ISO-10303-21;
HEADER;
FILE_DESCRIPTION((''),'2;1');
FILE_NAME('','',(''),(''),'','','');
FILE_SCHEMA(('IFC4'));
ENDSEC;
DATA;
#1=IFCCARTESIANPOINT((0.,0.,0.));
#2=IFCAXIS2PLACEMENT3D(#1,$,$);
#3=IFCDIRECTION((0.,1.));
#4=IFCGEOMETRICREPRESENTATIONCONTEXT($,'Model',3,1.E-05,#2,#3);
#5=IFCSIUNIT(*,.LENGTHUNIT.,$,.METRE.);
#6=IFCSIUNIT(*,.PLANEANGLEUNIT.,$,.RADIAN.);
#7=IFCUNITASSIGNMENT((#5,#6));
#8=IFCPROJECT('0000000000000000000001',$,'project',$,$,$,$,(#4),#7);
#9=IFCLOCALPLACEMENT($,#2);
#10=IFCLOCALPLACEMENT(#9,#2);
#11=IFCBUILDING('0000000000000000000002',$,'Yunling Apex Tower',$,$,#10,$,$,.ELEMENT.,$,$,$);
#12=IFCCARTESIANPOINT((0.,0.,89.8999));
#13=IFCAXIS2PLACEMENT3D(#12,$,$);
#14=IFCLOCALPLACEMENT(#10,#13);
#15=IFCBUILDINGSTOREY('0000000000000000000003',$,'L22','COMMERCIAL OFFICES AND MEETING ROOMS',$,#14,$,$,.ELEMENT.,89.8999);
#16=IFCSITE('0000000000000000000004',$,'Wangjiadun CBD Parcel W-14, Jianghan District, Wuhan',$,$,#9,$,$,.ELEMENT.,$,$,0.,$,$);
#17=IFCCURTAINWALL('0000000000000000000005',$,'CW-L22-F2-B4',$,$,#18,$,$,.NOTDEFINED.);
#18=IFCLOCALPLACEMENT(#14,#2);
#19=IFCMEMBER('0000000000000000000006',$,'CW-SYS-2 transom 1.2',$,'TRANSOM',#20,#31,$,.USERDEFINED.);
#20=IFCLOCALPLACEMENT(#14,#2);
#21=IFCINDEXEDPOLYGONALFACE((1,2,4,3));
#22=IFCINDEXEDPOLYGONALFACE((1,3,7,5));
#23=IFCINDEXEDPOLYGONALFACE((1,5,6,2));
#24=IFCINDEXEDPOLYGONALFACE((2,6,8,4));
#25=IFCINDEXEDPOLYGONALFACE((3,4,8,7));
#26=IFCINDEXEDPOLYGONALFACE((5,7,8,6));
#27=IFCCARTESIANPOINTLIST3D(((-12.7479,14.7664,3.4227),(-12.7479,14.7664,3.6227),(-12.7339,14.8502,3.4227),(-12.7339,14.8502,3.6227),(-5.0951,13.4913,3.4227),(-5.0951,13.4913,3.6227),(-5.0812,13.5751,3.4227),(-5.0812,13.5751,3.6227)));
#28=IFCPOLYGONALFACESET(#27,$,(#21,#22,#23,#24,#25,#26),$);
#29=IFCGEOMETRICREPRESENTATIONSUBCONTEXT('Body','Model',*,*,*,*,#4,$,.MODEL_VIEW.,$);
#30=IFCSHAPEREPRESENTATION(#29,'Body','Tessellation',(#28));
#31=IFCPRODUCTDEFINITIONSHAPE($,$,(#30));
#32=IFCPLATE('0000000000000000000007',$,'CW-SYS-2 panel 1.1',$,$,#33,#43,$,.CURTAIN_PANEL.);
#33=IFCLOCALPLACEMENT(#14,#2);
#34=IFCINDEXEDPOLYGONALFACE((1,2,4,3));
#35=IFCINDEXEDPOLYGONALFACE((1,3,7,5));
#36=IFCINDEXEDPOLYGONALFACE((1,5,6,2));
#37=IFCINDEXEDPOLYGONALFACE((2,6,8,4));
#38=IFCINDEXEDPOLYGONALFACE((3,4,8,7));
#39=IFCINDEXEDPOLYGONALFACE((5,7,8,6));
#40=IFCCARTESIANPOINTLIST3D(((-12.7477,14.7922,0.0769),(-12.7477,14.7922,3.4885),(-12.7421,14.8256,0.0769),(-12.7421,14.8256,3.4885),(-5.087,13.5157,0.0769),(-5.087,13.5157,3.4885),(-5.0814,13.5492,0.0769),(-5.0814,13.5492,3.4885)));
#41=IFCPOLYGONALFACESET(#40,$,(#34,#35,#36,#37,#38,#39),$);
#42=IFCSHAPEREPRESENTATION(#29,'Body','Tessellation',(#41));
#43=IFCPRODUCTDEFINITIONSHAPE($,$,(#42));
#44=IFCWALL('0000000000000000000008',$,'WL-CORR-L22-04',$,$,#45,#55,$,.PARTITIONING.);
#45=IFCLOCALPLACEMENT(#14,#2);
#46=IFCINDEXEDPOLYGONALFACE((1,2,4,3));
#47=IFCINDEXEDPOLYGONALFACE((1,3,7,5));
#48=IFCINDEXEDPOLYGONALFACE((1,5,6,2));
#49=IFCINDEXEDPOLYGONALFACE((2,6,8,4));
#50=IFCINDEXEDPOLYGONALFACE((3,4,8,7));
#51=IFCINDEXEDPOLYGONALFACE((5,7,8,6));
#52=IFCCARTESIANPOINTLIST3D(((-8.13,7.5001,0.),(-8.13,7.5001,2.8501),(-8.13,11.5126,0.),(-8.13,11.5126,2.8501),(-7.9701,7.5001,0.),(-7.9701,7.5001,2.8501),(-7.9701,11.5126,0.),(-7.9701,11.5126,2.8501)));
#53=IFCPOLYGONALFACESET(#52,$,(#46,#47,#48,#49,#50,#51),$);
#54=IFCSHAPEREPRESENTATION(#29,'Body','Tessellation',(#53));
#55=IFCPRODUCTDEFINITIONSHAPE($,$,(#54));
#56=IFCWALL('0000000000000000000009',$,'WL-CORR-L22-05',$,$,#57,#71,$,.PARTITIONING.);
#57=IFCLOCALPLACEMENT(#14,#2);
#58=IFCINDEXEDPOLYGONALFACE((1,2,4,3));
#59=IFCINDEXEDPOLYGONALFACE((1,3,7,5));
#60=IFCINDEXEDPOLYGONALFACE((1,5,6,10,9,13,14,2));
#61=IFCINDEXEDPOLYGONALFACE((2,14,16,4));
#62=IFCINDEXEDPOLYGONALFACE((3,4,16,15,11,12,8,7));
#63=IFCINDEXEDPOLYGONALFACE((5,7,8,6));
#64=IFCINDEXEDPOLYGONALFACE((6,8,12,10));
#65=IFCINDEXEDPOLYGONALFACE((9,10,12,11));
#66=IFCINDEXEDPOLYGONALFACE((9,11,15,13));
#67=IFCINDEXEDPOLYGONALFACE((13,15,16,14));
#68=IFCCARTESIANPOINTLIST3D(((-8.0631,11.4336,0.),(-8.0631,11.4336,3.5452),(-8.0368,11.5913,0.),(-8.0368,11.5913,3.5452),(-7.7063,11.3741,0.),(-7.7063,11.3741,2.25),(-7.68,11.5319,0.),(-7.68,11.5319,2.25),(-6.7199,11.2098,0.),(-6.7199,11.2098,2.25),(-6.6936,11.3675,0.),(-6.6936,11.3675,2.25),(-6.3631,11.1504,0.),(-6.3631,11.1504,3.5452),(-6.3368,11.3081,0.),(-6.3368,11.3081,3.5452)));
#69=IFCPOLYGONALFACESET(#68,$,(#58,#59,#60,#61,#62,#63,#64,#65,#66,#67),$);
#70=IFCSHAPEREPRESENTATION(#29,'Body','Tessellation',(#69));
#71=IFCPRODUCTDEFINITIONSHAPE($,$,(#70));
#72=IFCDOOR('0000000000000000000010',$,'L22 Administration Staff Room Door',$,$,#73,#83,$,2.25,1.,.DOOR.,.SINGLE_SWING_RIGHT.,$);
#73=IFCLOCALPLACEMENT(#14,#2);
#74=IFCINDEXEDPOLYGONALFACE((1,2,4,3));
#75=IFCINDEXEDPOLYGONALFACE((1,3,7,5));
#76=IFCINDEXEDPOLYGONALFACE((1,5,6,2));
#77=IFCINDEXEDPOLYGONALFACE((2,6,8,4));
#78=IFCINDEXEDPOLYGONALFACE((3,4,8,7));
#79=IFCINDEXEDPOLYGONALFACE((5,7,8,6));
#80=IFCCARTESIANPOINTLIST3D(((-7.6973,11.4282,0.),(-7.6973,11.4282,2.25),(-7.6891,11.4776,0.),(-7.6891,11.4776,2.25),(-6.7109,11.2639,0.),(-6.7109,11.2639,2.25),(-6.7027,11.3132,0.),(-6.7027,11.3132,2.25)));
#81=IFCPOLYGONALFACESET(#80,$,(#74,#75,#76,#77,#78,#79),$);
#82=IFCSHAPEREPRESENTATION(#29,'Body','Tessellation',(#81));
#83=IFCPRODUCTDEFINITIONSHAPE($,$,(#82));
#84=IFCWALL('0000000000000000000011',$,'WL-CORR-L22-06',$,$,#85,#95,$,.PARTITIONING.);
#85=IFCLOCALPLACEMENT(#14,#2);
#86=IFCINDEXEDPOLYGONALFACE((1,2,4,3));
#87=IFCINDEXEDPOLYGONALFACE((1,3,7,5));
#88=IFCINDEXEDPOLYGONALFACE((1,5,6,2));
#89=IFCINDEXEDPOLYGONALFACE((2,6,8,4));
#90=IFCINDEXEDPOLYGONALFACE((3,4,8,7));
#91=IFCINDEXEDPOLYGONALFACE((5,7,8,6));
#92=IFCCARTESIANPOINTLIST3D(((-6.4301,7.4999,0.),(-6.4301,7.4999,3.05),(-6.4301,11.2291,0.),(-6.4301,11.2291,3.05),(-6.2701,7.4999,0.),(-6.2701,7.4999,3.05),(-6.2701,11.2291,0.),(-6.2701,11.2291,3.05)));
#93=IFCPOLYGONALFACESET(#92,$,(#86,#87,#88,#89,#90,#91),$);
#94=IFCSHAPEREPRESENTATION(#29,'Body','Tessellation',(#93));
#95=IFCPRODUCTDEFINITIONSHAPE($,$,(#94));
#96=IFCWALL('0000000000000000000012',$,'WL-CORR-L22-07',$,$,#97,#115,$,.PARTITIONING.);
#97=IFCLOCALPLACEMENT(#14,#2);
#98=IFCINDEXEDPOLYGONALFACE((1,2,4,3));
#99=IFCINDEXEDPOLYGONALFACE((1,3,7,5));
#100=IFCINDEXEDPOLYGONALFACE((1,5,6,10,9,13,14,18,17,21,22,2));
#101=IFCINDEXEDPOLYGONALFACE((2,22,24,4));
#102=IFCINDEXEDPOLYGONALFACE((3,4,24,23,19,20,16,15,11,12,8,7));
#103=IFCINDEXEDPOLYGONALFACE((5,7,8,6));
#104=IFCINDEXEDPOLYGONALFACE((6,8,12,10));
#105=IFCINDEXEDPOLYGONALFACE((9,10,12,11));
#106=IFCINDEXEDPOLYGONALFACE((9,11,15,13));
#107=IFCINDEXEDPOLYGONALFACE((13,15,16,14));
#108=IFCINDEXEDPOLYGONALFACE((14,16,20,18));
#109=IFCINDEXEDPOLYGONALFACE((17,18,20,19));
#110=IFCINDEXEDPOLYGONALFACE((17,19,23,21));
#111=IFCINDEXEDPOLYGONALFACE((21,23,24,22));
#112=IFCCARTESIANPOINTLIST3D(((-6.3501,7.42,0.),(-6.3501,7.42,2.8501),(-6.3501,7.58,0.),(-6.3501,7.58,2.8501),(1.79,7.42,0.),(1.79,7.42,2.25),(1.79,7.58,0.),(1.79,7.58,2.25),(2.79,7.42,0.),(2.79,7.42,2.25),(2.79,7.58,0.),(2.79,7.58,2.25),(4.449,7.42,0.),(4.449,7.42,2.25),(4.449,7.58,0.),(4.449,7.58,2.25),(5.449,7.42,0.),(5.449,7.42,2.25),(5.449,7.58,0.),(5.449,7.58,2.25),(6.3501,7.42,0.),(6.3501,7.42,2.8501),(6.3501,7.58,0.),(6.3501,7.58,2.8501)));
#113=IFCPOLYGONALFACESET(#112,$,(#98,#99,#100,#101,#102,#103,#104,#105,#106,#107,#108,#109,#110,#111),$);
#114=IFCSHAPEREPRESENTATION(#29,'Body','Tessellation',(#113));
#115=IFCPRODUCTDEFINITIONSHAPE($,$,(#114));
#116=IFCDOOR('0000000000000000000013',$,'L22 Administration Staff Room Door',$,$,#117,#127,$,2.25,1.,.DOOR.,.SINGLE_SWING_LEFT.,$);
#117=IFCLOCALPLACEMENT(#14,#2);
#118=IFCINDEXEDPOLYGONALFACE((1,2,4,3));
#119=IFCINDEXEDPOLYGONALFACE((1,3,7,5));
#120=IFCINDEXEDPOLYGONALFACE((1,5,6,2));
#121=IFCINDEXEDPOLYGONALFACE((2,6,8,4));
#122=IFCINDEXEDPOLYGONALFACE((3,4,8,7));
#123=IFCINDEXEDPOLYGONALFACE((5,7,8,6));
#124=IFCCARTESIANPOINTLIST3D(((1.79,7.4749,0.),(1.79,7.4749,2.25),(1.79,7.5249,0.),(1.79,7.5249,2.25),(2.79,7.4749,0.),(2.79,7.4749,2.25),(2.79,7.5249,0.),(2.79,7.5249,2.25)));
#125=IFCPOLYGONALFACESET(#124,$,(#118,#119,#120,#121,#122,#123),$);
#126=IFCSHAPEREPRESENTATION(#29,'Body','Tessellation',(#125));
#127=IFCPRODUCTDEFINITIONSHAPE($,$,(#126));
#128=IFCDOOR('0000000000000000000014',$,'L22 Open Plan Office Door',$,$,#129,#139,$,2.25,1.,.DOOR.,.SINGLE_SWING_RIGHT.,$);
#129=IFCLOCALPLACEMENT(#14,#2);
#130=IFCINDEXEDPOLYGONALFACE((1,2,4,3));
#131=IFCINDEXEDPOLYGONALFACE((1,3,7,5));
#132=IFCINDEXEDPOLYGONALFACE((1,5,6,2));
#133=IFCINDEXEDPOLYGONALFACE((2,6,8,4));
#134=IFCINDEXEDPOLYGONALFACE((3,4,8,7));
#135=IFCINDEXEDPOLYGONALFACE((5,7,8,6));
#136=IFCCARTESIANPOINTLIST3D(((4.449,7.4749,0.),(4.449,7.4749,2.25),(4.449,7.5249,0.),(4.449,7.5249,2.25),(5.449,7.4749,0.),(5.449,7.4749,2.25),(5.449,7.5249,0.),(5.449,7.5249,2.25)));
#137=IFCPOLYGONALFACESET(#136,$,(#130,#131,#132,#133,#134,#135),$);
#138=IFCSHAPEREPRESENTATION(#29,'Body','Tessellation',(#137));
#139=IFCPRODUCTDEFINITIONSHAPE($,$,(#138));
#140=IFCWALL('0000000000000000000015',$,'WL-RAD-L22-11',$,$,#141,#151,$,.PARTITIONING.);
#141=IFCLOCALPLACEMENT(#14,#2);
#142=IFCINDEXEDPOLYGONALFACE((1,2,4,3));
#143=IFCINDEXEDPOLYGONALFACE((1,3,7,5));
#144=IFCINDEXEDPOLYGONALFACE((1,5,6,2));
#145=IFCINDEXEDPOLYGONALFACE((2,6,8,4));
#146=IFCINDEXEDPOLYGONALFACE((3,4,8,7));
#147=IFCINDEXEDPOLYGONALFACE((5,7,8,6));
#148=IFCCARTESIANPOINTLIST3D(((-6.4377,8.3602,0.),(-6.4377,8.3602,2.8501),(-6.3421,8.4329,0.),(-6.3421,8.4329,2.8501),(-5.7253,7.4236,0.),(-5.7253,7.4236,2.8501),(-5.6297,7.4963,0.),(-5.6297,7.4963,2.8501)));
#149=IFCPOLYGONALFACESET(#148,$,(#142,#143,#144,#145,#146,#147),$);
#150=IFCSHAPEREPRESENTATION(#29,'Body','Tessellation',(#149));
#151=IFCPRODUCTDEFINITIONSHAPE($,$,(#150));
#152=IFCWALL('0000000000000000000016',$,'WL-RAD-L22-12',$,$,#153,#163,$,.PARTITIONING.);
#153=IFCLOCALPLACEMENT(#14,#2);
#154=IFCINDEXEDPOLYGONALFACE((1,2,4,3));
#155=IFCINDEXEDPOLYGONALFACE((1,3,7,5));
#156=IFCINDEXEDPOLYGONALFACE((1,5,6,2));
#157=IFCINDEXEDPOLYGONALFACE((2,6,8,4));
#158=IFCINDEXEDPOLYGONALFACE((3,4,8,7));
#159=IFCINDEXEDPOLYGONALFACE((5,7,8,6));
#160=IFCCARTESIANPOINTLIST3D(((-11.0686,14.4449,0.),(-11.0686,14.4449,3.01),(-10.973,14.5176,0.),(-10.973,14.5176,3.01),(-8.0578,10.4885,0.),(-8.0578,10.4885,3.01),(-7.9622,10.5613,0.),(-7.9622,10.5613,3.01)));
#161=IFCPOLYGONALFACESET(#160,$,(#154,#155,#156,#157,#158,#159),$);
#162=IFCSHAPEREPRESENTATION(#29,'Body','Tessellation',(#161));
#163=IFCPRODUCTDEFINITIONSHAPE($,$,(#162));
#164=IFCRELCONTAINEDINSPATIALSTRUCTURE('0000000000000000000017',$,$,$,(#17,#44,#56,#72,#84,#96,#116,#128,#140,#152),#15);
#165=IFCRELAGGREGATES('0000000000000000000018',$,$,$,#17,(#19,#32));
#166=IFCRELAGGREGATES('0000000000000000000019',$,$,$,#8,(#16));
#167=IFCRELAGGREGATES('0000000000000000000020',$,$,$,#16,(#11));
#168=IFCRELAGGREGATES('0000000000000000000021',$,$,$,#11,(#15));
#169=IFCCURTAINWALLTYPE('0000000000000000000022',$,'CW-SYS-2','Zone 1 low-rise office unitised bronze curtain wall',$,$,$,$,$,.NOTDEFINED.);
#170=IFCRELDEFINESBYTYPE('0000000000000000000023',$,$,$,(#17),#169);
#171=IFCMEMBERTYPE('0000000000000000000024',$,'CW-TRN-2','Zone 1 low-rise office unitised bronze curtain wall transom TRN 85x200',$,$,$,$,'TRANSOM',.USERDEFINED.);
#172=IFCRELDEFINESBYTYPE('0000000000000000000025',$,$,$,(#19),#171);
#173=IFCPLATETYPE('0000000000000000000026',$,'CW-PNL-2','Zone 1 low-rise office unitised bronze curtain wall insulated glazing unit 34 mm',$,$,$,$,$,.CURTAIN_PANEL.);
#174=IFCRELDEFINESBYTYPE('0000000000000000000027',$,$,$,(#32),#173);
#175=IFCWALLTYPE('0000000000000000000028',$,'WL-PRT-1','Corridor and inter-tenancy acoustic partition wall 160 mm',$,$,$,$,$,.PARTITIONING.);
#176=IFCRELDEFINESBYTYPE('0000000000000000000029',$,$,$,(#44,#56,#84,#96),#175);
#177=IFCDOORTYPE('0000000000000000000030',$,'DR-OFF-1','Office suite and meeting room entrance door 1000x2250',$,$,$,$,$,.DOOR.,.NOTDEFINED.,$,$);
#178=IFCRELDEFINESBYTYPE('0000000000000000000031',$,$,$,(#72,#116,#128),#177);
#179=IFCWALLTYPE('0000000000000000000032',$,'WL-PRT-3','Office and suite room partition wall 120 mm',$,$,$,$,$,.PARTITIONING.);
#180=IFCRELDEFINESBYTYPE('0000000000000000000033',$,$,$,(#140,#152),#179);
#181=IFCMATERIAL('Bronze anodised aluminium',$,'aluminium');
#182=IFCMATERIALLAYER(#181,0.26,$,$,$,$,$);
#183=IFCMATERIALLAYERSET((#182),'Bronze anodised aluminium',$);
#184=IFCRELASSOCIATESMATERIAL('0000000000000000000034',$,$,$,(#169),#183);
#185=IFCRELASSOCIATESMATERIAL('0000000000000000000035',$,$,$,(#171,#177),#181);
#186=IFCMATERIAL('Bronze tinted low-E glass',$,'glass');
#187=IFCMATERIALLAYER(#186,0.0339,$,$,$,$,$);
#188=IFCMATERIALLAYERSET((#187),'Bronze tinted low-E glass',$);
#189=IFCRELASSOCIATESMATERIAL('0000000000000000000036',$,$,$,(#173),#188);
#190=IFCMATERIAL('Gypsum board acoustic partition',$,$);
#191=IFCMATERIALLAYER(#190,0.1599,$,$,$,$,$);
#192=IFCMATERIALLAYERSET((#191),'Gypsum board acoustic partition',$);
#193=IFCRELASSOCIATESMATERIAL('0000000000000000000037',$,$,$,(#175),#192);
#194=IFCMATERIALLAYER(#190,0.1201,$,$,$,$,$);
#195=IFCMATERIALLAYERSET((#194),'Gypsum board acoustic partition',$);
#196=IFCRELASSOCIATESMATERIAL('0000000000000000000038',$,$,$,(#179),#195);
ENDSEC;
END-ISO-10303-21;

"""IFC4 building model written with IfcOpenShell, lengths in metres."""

from ifc_helpers import new_model, si_unit, direction, frame, frame_2d, origin, origin_2d, place, context, subcontext, project, spatial, rectangle, extrude, source, transform, mapped, material, layer, layer_set, material_profile, profile_set, type_object, element, fill, aggregate, save


model = new_model("IFC4")

# Units and contexts
model_context = context("Model", 3, precision=1e-05, world=origin(), true_north=direction((0.0, 1.0)))
body_context = subcontext(model_context, "Body", "Model", "MODEL_VIEW")
ifc_project = project(units=[si_unit("LENGTHUNIT", "METRE"), si_unit("PLANEANGLEUNIT", "RADIAN")], contexts=[model_context])

# Site, building, storey
site_placement = place(None, origin())
site = spatial("IfcSite", under=ifc_project, at=site_placement, Name="Wangjiadun CBD Parcel W-14, Jianghan District, Wuhan", CompositionType="ELEMENT", RefElevation=0.0)
building_placement = place(site_placement, origin())
building = spatial("IfcBuilding", under=site, at=building_placement, Name="Yunling Apex Tower", CompositionType="ELEMENT")
storey_placement = place(building_placement, frame((0.0, 0.0, 89.8999)))
storey = spatial("IfcBuildingStorey", under=building, at=storey_placement, Name="L22", Description="COMMERCIAL OFFICES AND MEETING ROOMS", CompositionType="ELEMENT", Elevation=89.8999)

# Shared definitions
ifc_material_1 = material(Name="Bronze anodised aluminium", Category="aluminium")
ifc_layer_1 = layer(ifc_material_1, 0.26)
ifc_layer_set_1 = layer_set([ifc_layer_1], Name="Bronze anodised aluminium")
curtain_wall_type = type_object("IfcCurtainWallType", Name="CW-SYS-2", Description="Zone 1 low-rise office unitised bronze curtain wall", PredefinedType="NOTDEFINED", material=ifc_layer_set_1)

# Curtain wall, member, plate
curtain_wall_1_placement = place(storey_placement, origin())
curtain_wall_1 = element("IfcCurtainWall", 1, at=curtain_wall_1_placement, inside=storey, type_object=curtain_wall_type, Name="CW-L22-F2-B4", PredefinedType="NOTDEFINED")
ifc_material_profile_1 = material_profile(ifc_material_1, rectangle(XDim=0.085, YDim=0.2, at=origin_2d()))
ifc_profile_set_1 = profile_set([ifc_material_profile_1], Name="Bronze anodised aluminium")
member_type_1 = type_object("IfcMemberType", Name="CW-TRN-2", Description="Zone 1 low-rise office unitised bronze curtain wall transom TRN 85x200", ElementType="TRANSOM", PredefinedType="USERDEFINED", material=ifc_profile_set_1)
shared_shape_1 = source(origin(), body_context, "Body", "SweptSolid", [
    extrude(rectangle(XDim=0.085, YDim=0.2, at=origin_2d()), origin(), (0.0, 0.0, 1.0), 7.7583),
])
member_1_placement = place(storey_placement, frame((-5.0881, 13.5332, 3.5227), z_axis=(-0.986401, 0.164358, 0.0), x_axis=(-0.164358, -0.986401, 0.0)))
member_1 = element("IfcMember", 2, at=member_1_placement, type_object=member_type_1, Name="CW-SYS-2 transom 1.2", ObjectType="TRANSOM", PredefinedType="USERDEFINED", context=body_context, shape_type="MappedRepresentation", body=[
    mapped(shared_shape_1, transform((0.0, 0.0, 0.0), scale=1.0)),
])
ifc_material_2 = material(Name="Bronze tinted low-E glass", Category="glass")
ifc_layer_2 = layer(ifc_material_2, 0.0339)
ifc_layer_set_2 = layer_set([ifc_layer_2], Name="Bronze tinted low-E glass")
plate_type = type_object("IfcPlateType", Name="CW-PNL-2", Description="Zone 1 low-rise office unitised bronze curtain wall insulated glazing unit 34 mm", PredefinedType="CURTAIN_PANEL", material=ifc_layer_set_2)
shared_shape_2 = source(origin(), body_context, "Body", "SweptSolid", [
    extrude(rectangle(XDim=7.7664, YDim=0.0339, at=origin_2d()), origin(), (0.0, 0.0, 1.0), 3.4116),
])
plate_placement = place(storey_placement, frame((-8.9146, 14.1707, 0.0769), z_axis=(0.0, 0.0, 1.0), x_axis=(-0.9864, 0.16436, 0.0)))
plate = element("IfcPlate", 3, at=plate_placement, type_object=plate_type, Name="CW-SYS-2 panel 1.1", PredefinedType="CURTAIN_PANEL", context=body_context, shape_type="MappedRepresentation", body=[
    mapped(shared_shape_2, transform((0.0, 0.0, 0.0), scale=1.0)),
])
aggregate(curtain_wall_1, [member_1, plate])

# Wall
ifc_material_3 = material(Name="Gypsum board acoustic partition")
ifc_layer_3 = layer(ifc_material_3, 0.1599)
ifc_layer_set_3 = layer_set([ifc_layer_3], Name="Gypsum board acoustic partition")
wall_type_1 = type_object("IfcWallType", Name="WL-PRT-1", Description="Corridor and inter-tenancy acoustic partition wall 160 mm", PredefinedType="PARTITIONING", material=ifc_layer_set_3)
wall_1_placement = place(storey_placement, frame((-8.05, 7.5, 0.0), z_axis=(0.0, 0.0, 1.0), x_axis=(0.0, 1.0, 0.0)))
element("IfcWall", 4, at=wall_1_placement, inside=storey, type_object=wall_type_1, Name="WL-CORR-L22-04", PredefinedType="PARTITIONING", context=body_context, shape_type="SweptSolid", body=[
    extrude(rectangle(XDim=4.0125, YDim=0.1599, at=frame_2d((2.0063, 0.0))), origin(), (0.0, 0.0, 1.0), 2.8501),
])

# Wall, opening, door
wall_2_placement = place(storey_placement, frame((-8.05, 11.5125, 0.0), z_axis=(0.0, 0.0, 1.0), x_axis=(0.986405, -0.16433, 0.0)))
wall_2 = element("IfcWall", 5, at=wall_2_placement, inside=storey, type_object=wall_type_1, Name="WL-CORR-L22-05", PredefinedType="PARTITIONING", context=body_context, shape_type="SweptSolid", body=[
    extrude(rectangle(XDim=1.7234, YDim=0.1599, at=frame_2d((0.8618, 0.0))), origin(), (0.0, 0.0, 1.0), 3.5452),
])
opening_1_placement = place(wall_2_placement, frame((0.3618, 0.0, 0.0)))
opening_1 = element("IfcOpeningElement", 6, at=opening_1_placement, cuts=wall_2, PredefinedType="OPENING", context=body_context, shape_type="SweptSolid", body=[
    extrude(rectangle(XDim=1.0, YDim=2.25, at=frame_2d((0.5, 1.125))), frame((0.0, 0.0898, 0.0), z_axis=(0.0, -1.0, 0.0), x_axis=(1.0, 0.0, 0.0)), (0.0, 0.0, 1.0), 0.1799),
])
door_type = type_object("IfcDoorType", Name="DR-OFF-1", Description="Office suite and meeting room entrance door 1000x2250", OperationType="NOTDEFINED", PredefinedType="DOOR", material=ifc_material_1)
door_1_placement = place(opening_1_placement, origin())
door_1 = element("IfcDoor", 7, at=door_1_placement, inside=storey, type_object=door_type, Name="L22 Administration Staff Room Door", OperationType="SINGLE_SWING_RIGHT", OverallHeight=2.25, OverallWidth=1.0, PredefinedType="DOOR", context=body_context, shape_type="SweptSolid", body=[
    extrude(rectangle(XDim=1.0, YDim=2.25, at=frame_2d((0.5, 1.125))), frame((0.0, 0.0249, 0.0), z_axis=(0.0, -1.0, 0.0), x_axis=(1.0, 0.0, 0.0)), (0.0, 0.0, 1.0), 0.05),
])
fill(opening_1, door_1)

# Wall
wall_3_placement = place(storey_placement, frame((-6.3501, 11.2292, 0.0), z_axis=(0.0, 0.0, 1.0), x_axis=(0.0, -1.0, 0.0)))
element("IfcWall", 8, at=wall_3_placement, inside=storey, type_object=wall_type_1, Name="WL-CORR-L22-06", PredefinedType="PARTITIONING", context=body_context, shape_type="SweptSolid", body=[
    extrude(rectangle(XDim=3.7292, YDim=0.1599, at=frame_2d((1.8647, 0.0))), origin(), (0.0, 0.0, 1.0), 3.05),
])

# Wall, openings, doors
wall_4_placement = place(storey_placement, frame((-6.3501, 7.5, 0.0), z_axis=(0.0, 0.0, 1.0), x_axis=(1.0, 0.0, 0.0)))
wall_4 = element("IfcWall", 9, at=wall_4_placement, inside=storey, type_object=wall_type_1, Name="WL-CORR-L22-07", PredefinedType="PARTITIONING", context=body_context, shape_type="SweptSolid", body=[
    extrude(rectangle(XDim=12.7002, YDim=0.1599, at=frame_2d((6.3501, 0.0))), origin(), (0.0, 0.0, 1.0), 2.8501),
])
opening_2_placement = place(wall_4_placement, frame((8.1401, 0.0, 0.0)))
opening_2 = element("IfcOpeningElement", 10, at=opening_2_placement, cuts=wall_4, PredefinedType="OPENING", context=body_context, shape_type="SweptSolid", body=[
    extrude(rectangle(XDim=1.0, YDim=2.25, at=frame_2d((0.5, 1.125))), frame((0.0, 0.0898, 0.0), z_axis=(0.0, -1.0, 0.0), x_axis=(1.0, 0.0, 0.0)), (0.0, 0.0, 1.0), 0.1799),
])
opening_3_placement = place(wall_4_placement, frame((10.7991, 0.0, 0.0)))
opening_3 = element("IfcOpeningElement", 11, at=opening_3_placement, cuts=wall_4, PredefinedType="OPENING", context=body_context, shape_type="SweptSolid", body=[
    extrude(rectangle(XDim=1.0, YDim=2.25, at=frame_2d((0.5, 1.125))), frame((0.0, 0.0898, 0.0), z_axis=(0.0, -1.0, 0.0), x_axis=(1.0, 0.0, 0.0)), (0.0, 0.0, 1.0), 0.1799),
])
door_2_placement = place(opening_2_placement, origin())
door_2 = element("IfcDoor", 12, at=door_2_placement, inside=storey, type_object=door_type, Name="L22 Administration Staff Room Door", OperationType="SINGLE_SWING_LEFT", OverallHeight=2.25, OverallWidth=1.0, PredefinedType="DOOR", context=body_context, shape_type="SweptSolid", body=[
    extrude(rectangle(XDim=1.0, YDim=2.25, at=frame_2d((0.5, 1.125))), frame((0.0, 0.0249, 0.0), z_axis=(0.0, -1.0, 0.0), x_axis=(1.0, 0.0, 0.0)), (0.0, 0.0, 1.0), 0.05),
])
fill(opening_2, door_2)
door_3_placement = place(opening_3_placement, origin())
door_3 = element("IfcDoor", 13, at=door_3_placement, inside=storey, type_object=door_type, Name="L22 Open Plan Office Door", OperationType="SINGLE_SWING_RIGHT", OverallHeight=2.25, OverallWidth=1.0, PredefinedType="DOOR", context=body_context, shape_type="SweptSolid", body=[
    extrude(rectangle(XDim=1.0, YDim=2.25, at=frame_2d((0.5, 1.125))), frame((0.0, 0.0249, 0.0), z_axis=(0.0, -1.0, 0.0), x_axis=(1.0, 0.0, 0.0)), (0.0, 0.0, 1.0), 0.05),
])
fill(opening_3, door_3)

# Walls
ifc_layer_4 = layer(ifc_material_3, 0.1201)
ifc_layer_set_4 = layer_set([ifc_layer_4], Name="Gypsum board acoustic partition")
wall_type_2 = type_object("IfcWallType", Name="WL-PRT-3", Description="Office and suite room partition wall 120 mm", PredefinedType="PARTITIONING", material=ifc_layer_set_4)
wall_5_placement = place(storey_placement, frame((-5.6775, 7.46, 0.0), z_axis=(0.0, 0.0, 1.0), x_axis=(-0.60543, 0.795898, 0.0)))
element("IfcWall", 14, at=wall_5_placement, inside=storey, type_object=wall_type_2, Name="WL-RAD-L22-11", PredefinedType="PARTITIONING", context=body_context, shape_type="SweptSolid", body=[
    extrude(rectangle(XDim=1.1768, YDim=0.1201, at=frame_2d((0.5884, 0.0))), origin(), (0.0, 0.0, 1.0), 2.8501),
])
wall_6_placement = place(storey_placement, frame((-8.01, 10.5249, 0.0), z_axis=(0.0, 0.0, 1.0), x_axis=(-0.605587, 0.795779, 0.0)))
element("IfcWall", 15, at=wall_6_placement, inside=storey, type_object=wall_type_2, Name="WL-RAD-L22-12", PredefinedType="PARTITIONING", context=body_context, shape_type="SweptSolid", body=[
    extrude(rectangle(XDim=4.9717, YDim=0.1201, at=frame_2d((2.4858, 0.0))), origin(), (0.0, 0.0, 1.0), 3.01),
])

save(model, "model.ifc")
